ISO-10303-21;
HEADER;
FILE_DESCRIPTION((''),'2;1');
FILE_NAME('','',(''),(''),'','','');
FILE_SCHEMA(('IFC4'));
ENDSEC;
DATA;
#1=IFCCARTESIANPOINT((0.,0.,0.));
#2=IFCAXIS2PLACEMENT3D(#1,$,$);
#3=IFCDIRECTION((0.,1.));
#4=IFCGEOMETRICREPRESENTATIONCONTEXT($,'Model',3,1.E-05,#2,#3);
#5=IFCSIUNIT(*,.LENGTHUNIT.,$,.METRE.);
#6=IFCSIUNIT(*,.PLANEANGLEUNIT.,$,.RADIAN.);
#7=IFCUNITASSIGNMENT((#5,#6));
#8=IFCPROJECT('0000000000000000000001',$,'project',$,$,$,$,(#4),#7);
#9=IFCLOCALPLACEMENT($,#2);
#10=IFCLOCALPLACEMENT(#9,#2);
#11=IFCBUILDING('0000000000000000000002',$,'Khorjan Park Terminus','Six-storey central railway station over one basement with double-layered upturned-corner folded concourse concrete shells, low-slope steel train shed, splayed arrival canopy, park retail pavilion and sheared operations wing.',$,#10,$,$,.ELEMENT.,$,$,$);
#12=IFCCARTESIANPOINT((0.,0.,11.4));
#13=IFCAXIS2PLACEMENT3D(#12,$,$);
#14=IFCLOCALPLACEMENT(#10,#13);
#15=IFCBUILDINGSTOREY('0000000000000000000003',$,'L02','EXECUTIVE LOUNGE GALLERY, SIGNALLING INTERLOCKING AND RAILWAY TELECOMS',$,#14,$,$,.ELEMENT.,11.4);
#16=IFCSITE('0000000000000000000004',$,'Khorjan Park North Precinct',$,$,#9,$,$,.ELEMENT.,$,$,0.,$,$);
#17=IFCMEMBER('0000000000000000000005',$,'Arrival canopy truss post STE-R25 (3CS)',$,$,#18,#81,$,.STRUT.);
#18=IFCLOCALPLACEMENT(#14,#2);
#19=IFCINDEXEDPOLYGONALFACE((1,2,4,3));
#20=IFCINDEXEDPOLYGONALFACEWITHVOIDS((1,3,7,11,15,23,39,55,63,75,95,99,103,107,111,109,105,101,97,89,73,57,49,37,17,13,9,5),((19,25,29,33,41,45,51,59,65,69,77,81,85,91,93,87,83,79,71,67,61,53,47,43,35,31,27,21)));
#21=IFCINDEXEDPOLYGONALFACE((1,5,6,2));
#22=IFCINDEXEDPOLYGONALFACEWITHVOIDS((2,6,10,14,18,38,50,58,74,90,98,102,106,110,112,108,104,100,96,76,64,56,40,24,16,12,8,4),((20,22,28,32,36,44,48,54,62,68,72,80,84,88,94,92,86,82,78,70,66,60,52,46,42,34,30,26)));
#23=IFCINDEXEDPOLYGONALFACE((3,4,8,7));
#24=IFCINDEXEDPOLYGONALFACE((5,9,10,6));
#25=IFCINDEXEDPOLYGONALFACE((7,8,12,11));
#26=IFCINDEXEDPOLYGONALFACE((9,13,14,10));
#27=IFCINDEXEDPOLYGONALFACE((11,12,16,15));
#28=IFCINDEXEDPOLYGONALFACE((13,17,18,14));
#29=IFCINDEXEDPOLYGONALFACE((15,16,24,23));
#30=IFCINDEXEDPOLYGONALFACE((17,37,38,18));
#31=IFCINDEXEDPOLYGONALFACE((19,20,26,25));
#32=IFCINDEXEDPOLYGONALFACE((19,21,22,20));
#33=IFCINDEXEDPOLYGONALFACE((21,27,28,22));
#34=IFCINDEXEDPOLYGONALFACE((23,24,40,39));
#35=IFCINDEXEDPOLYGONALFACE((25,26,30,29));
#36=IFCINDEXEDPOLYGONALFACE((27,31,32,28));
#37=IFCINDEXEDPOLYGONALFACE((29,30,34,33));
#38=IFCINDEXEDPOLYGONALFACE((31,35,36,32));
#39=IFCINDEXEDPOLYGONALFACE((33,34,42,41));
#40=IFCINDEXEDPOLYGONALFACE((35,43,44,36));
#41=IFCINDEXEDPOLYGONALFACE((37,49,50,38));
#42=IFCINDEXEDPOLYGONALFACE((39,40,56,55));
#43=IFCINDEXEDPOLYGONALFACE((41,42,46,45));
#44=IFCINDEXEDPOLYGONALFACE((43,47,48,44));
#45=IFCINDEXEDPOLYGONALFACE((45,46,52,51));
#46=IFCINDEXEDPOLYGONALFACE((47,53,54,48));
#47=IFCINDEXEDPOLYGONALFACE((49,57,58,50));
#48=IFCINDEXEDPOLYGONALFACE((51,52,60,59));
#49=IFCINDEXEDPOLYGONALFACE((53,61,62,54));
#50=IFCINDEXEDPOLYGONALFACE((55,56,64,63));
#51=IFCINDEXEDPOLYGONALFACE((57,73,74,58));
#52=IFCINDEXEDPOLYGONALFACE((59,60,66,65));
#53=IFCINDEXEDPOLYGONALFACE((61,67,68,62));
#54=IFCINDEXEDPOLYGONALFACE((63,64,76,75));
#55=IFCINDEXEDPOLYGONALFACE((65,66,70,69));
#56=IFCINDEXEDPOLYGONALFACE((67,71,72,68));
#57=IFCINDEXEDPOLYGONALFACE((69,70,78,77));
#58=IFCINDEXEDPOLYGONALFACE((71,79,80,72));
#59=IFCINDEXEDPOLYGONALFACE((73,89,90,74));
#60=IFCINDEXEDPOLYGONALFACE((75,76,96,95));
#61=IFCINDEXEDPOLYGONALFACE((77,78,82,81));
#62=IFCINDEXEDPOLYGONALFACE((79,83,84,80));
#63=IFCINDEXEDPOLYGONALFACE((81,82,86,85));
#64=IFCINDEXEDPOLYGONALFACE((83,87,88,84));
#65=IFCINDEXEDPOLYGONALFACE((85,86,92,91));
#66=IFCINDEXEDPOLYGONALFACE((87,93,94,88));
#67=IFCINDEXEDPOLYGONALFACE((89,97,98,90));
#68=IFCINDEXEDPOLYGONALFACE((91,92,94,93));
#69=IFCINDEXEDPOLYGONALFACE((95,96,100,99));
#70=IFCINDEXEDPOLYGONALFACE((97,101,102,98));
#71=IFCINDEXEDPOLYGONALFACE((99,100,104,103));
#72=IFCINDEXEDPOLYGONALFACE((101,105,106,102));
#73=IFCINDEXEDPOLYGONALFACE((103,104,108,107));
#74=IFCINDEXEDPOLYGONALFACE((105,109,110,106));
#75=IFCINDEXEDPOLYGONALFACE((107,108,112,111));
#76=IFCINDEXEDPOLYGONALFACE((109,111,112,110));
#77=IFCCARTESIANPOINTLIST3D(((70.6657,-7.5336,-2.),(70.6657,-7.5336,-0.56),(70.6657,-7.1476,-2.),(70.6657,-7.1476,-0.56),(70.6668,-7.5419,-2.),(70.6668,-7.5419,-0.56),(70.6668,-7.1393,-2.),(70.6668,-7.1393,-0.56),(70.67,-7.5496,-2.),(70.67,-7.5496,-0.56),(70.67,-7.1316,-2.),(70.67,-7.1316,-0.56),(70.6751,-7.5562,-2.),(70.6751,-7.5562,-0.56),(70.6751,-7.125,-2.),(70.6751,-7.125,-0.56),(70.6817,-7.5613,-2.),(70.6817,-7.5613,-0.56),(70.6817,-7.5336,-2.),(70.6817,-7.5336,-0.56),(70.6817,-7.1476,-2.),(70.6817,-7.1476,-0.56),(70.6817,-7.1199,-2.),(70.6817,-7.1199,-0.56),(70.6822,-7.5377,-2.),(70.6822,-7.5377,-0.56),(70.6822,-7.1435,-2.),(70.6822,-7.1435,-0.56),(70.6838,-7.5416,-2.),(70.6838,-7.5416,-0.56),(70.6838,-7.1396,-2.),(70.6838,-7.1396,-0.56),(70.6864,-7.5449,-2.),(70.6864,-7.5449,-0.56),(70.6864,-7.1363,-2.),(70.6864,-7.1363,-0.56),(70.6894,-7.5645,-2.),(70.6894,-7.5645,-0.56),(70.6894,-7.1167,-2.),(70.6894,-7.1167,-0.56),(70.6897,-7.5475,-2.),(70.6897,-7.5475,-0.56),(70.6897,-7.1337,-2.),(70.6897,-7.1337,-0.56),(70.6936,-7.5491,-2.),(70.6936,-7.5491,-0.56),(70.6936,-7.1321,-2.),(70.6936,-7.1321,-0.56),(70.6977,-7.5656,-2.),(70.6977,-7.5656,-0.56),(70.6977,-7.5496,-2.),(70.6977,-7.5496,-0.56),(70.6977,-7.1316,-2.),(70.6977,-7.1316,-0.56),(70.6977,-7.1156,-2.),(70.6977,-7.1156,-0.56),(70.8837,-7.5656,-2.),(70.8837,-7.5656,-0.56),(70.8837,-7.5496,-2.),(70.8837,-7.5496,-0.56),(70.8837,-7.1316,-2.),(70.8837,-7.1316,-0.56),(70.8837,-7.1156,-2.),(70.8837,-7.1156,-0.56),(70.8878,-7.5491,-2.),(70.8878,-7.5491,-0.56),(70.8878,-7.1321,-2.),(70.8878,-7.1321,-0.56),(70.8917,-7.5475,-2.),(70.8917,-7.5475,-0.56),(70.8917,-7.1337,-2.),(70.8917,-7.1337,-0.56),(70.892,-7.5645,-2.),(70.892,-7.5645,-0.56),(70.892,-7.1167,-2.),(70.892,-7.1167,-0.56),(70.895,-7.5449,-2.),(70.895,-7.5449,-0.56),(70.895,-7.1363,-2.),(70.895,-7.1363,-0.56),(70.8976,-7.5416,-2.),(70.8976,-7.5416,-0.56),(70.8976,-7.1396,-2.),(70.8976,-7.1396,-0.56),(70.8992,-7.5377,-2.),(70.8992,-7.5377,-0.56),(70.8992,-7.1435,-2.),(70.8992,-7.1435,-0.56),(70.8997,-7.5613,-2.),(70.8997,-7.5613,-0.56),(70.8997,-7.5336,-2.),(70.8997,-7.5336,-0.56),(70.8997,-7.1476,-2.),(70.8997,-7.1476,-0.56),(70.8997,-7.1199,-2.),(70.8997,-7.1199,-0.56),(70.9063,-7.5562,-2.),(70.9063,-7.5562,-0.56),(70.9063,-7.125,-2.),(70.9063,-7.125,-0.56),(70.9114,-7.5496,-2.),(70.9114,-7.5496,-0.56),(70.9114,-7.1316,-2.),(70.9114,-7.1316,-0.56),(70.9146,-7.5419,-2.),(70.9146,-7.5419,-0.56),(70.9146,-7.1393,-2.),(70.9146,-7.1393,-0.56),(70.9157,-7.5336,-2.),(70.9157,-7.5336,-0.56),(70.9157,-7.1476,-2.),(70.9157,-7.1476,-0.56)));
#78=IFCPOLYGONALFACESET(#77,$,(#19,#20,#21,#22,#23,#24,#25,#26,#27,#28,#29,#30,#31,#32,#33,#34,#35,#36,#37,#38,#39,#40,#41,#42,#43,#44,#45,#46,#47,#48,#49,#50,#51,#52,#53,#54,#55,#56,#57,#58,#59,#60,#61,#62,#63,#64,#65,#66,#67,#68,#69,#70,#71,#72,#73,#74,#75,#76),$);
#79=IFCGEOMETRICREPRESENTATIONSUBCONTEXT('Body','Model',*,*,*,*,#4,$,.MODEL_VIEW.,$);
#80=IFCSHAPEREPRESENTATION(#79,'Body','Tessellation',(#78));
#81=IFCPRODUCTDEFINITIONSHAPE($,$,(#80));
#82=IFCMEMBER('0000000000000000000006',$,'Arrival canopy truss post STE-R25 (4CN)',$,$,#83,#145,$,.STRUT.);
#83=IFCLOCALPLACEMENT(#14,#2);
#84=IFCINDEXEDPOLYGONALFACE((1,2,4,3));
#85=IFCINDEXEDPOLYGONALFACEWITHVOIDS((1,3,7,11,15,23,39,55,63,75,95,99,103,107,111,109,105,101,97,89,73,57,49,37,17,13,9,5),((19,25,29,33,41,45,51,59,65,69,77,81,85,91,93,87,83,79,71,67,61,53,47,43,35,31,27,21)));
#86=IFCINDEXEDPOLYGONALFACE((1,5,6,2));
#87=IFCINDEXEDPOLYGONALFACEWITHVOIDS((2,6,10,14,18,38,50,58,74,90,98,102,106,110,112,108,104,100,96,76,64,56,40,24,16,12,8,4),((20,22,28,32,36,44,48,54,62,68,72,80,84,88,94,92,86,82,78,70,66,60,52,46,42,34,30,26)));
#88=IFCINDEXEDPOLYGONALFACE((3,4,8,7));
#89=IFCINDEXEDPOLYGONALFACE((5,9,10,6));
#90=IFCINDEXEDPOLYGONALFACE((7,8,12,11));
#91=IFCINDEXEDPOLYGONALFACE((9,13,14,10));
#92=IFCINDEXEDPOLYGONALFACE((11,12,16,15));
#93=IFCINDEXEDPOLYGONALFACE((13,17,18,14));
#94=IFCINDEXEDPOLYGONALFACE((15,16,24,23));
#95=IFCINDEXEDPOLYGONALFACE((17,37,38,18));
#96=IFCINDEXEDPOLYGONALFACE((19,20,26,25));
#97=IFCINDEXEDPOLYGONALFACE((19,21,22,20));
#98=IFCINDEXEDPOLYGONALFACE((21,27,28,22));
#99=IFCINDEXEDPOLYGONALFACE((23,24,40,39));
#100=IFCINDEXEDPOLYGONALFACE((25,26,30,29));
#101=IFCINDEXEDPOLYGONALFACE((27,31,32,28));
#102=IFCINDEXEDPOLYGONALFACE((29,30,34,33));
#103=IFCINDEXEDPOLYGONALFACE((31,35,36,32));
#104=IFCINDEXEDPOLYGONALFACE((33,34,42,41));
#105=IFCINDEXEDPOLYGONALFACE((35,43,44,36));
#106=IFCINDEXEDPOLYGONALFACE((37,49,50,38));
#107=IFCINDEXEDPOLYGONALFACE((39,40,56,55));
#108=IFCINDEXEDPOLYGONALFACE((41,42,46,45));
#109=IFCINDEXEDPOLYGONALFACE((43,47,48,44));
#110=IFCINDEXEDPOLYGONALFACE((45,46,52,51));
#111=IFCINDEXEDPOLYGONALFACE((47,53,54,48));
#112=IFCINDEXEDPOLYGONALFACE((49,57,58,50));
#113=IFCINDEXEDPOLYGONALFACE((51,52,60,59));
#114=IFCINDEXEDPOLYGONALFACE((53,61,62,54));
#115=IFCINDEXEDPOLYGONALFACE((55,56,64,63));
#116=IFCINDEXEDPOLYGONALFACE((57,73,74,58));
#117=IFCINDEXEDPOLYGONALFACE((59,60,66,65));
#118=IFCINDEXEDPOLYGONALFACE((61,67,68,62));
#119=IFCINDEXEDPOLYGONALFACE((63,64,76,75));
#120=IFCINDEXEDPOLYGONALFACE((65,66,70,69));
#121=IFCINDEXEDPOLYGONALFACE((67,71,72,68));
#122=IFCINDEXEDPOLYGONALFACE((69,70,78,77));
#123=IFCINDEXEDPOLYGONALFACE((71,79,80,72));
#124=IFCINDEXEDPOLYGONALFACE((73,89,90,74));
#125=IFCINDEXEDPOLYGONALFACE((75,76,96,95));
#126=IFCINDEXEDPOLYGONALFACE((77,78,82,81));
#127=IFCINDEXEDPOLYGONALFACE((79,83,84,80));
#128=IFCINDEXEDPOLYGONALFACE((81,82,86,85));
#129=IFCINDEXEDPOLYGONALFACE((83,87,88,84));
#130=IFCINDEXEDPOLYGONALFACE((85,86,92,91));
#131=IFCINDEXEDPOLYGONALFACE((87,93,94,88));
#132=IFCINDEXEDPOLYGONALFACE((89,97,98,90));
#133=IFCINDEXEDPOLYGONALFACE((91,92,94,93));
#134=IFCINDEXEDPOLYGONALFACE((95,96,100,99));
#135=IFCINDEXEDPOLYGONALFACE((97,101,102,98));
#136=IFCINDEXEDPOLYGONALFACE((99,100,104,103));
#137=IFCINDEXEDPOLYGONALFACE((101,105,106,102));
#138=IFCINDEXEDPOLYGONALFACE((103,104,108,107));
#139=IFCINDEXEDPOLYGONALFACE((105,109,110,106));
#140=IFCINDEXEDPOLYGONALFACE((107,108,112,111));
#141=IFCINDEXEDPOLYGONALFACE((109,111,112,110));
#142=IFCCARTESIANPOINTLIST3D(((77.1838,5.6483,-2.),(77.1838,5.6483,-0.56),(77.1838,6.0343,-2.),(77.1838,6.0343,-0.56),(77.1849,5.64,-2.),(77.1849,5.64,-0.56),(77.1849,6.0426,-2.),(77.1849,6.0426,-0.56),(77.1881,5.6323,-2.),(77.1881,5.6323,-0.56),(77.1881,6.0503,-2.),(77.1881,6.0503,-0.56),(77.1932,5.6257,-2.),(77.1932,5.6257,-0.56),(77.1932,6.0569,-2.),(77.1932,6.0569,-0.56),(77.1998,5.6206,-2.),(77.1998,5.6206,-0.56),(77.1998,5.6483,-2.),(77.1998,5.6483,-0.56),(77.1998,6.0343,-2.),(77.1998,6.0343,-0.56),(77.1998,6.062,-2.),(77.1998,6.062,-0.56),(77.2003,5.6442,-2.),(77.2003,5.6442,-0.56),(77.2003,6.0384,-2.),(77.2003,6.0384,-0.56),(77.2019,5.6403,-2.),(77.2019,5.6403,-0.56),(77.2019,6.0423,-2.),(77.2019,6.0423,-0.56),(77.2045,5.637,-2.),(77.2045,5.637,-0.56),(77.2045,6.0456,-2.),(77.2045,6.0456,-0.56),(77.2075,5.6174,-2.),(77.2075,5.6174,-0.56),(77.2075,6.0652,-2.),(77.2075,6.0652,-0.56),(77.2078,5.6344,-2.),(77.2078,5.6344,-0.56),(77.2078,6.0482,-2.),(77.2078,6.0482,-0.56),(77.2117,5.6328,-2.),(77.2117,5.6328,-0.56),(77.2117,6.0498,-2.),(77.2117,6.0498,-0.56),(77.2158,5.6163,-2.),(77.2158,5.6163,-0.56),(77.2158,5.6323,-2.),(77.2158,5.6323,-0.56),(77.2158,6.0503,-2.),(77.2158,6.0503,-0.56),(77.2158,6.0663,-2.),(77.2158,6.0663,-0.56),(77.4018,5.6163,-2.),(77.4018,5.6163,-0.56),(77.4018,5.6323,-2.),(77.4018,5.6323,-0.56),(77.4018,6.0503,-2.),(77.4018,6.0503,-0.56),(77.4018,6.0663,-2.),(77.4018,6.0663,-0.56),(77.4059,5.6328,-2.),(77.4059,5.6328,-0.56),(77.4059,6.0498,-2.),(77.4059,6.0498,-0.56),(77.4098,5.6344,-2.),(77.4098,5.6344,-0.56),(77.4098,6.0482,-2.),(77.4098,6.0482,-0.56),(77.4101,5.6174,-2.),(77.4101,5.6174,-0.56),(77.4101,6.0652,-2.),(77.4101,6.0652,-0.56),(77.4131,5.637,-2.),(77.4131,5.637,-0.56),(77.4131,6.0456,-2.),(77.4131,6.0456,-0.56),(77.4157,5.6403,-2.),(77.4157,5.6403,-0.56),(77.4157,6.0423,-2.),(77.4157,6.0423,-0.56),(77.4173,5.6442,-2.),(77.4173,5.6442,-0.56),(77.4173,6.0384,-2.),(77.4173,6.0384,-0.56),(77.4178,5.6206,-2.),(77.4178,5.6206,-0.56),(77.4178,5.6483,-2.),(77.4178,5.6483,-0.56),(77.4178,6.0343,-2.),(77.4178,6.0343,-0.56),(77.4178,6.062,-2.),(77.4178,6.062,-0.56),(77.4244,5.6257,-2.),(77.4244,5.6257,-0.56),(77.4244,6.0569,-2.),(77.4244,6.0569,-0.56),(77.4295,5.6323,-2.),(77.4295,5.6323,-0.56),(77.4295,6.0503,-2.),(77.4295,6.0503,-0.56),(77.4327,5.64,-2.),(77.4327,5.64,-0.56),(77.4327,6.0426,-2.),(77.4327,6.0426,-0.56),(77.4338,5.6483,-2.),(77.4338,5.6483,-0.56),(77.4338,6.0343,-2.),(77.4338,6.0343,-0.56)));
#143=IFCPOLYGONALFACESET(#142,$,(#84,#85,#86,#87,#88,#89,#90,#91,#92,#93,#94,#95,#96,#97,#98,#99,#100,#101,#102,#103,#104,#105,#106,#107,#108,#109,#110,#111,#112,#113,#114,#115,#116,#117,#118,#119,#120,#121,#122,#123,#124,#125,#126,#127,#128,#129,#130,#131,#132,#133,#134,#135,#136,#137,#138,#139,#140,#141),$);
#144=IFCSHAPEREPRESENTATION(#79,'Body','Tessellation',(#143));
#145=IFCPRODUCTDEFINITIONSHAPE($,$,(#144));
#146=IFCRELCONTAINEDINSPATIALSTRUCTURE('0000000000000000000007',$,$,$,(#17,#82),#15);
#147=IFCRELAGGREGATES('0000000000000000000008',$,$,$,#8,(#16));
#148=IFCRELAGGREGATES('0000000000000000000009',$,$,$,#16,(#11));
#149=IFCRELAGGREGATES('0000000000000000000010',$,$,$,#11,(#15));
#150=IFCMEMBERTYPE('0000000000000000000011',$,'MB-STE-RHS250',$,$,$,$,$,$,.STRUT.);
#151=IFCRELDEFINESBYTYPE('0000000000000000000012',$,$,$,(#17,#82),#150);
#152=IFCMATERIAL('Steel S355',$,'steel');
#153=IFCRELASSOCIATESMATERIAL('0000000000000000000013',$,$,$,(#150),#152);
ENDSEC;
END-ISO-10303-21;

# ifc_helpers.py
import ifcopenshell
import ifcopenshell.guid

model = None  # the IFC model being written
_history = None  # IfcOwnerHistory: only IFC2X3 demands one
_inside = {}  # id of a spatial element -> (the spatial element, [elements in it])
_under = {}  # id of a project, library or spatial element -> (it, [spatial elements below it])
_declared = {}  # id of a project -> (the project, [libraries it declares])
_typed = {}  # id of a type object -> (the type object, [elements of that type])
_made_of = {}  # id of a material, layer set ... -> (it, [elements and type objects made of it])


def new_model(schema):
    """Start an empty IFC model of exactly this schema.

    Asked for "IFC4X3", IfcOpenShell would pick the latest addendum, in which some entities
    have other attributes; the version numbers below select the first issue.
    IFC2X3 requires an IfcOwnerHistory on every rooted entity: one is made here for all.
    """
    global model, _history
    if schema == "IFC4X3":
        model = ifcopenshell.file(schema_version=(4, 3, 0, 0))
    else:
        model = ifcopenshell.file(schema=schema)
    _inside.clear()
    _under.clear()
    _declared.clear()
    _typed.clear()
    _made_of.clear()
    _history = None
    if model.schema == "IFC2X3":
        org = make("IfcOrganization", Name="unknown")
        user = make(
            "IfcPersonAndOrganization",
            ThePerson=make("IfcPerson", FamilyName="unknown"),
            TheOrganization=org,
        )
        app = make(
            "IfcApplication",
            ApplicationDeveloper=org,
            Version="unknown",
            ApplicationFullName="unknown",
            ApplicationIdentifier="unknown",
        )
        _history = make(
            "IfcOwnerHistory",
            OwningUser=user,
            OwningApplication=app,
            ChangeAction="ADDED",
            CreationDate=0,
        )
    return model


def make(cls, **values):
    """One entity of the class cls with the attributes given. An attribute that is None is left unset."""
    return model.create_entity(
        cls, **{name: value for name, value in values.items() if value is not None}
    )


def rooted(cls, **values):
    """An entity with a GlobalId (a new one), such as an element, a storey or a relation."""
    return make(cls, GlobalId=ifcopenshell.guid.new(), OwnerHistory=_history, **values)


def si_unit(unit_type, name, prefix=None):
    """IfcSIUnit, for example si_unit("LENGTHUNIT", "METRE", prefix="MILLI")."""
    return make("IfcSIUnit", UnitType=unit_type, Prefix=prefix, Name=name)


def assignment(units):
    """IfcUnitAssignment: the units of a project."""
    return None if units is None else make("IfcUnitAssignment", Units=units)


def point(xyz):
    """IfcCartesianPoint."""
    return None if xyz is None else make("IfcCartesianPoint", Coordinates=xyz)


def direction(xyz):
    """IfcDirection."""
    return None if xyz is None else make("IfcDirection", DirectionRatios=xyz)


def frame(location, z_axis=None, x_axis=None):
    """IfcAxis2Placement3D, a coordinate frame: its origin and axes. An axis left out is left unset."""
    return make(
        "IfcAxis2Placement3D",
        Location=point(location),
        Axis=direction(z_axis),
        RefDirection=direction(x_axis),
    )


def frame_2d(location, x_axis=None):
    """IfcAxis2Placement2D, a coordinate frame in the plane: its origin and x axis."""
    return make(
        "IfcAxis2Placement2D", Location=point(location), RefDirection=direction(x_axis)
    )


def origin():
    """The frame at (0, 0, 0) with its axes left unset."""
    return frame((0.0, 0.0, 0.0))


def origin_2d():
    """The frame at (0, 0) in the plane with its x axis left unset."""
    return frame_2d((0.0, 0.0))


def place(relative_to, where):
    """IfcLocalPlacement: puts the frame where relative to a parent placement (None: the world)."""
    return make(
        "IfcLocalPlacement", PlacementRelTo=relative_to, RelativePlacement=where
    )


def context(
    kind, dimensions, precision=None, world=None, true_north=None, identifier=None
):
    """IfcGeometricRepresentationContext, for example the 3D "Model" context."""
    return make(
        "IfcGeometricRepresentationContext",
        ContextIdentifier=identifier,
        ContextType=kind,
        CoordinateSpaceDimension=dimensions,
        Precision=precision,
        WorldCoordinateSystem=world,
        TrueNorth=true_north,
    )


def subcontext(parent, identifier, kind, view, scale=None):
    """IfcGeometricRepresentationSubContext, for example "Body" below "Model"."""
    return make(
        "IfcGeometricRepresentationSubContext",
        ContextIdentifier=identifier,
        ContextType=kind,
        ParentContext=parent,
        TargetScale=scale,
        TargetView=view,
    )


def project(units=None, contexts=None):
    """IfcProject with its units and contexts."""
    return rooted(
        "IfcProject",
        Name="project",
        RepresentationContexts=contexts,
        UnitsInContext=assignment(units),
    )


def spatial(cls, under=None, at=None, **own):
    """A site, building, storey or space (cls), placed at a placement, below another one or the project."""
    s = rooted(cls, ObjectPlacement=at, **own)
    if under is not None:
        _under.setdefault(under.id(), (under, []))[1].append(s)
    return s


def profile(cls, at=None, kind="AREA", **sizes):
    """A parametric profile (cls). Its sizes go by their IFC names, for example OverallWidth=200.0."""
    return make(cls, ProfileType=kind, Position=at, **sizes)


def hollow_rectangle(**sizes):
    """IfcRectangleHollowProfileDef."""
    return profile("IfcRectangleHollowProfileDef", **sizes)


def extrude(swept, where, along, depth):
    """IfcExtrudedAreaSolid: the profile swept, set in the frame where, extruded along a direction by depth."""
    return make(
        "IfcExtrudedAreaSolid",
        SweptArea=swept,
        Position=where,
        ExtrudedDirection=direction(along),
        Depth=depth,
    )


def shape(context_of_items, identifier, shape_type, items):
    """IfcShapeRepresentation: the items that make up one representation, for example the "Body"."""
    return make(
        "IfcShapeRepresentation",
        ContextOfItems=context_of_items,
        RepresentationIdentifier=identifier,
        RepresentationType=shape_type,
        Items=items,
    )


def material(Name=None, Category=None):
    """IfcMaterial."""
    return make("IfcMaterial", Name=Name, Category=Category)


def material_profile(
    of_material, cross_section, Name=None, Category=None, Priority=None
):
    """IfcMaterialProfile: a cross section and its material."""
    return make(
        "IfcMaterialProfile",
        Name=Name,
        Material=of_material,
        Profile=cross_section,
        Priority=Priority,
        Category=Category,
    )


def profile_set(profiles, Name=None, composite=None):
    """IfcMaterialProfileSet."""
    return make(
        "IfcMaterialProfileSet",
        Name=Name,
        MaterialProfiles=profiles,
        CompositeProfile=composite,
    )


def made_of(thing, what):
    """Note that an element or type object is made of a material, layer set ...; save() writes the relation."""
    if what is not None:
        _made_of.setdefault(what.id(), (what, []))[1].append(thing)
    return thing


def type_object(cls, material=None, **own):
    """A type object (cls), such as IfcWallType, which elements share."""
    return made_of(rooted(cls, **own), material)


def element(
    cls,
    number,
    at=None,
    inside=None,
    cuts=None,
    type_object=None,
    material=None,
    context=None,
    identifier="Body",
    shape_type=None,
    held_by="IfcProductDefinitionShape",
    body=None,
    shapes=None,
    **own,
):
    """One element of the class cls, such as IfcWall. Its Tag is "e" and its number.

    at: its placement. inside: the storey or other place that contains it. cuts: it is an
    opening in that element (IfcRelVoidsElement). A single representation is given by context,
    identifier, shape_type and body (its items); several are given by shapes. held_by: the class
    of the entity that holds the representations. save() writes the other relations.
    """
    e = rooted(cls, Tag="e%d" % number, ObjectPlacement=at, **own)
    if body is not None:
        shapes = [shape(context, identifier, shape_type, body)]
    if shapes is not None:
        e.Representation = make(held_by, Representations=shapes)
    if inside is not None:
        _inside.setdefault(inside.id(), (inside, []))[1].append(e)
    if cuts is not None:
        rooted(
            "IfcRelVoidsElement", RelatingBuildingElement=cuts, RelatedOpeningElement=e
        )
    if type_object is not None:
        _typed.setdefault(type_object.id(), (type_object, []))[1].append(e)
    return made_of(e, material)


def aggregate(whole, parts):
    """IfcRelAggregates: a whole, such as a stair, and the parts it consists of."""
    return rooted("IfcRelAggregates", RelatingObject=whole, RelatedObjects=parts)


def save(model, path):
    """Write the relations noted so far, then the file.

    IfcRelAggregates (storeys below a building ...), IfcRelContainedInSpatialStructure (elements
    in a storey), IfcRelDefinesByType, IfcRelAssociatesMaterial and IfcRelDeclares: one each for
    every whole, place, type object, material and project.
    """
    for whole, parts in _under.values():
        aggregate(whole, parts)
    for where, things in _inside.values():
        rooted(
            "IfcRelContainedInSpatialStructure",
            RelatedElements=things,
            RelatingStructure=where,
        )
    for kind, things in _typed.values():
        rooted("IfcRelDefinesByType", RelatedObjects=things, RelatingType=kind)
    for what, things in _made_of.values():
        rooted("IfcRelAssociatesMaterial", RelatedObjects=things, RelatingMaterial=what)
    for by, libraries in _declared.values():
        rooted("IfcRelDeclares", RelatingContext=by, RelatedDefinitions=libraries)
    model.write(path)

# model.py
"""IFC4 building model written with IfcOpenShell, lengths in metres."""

from ifc_helpers import new_model, si_unit, direction, frame, origin, origin_2d, place, context, subcontext, project, spatial, hollow_rectangle, extrude, material, material_profile, profile_set, type_object, element, save


model = new_model("IFC4")

# Units and contexts
model_context = context("Model", 3, precision=1e-05, world=origin(), true_north=direction((0.0, 1.0)))
body_context = subcontext(model_context, "Body", "Model", "MODEL_VIEW")
ifc_project = project(units=[si_unit("LENGTHUNIT", "METRE"), si_unit("PLANEANGLEUNIT", "RADIAN")], contexts=[model_context])

# Site, building, storey
site_placement = place(None, origin())
site = spatial("IfcSite", under=ifc_project, at=site_placement, Name="Khorjan Park North Precinct", CompositionType="ELEMENT", RefElevation=0.0)
building_placement = place(site_placement, origin())
building = spatial("IfcBuilding", under=site, at=building_placement, Name="Khorjan Park Terminus", Description="Six-storey central railway station over one basement with double-layered upturned-corner folded concourse concrete shells, low-slope steel train shed, splayed arrival canopy, park retail pavilion and sheared operations wing.", CompositionType="ELEMENT")
storey_placement = place(building_placement, frame((0.0, 0.0, 11.4)))
storey = spatial("IfcBuildingStorey", under=building, at=storey_placement, Name="L02", Description="EXECUTIVE LOUNGE GALLERY, SIGNALLING INTERLOCKING AND RAILWAY TELECOMS", CompositionType="ELEMENT", Elevation=11.4)

# Members
ifc_material = material(Name="Steel S355", Category="steel")
ifc_material_profile_1 = material_profile(ifc_material, hollow_rectangle(XDim=0.25, YDim=0.45, WallThickness=0.016, InnerFilletRadius=0.016, OuterFilletRadius=0.032, at=origin_2d()), Name="RHS 450x250x16")
ifc_profile_set_1 = profile_set([ifc_material_profile_1], Name="Steel S355")
member_type_1 = type_object("IfcMemberType", Name="MB-STE-RHS250", PredefinedType="STRUT", material=ifc_profile_set_1)
for number, where, z_axis, x_axis, name in (
    (1, (70.7907, -7.3406, -2.0), (0.0, 0.0, 1.0), (1.0, 0.0, 0.0), "Arrival canopy truss post STE-R25 (3CS)"),
    (2, (77.3088, 5.8413, -2.0), (0.0, 0.0, 1.0), (1.0, 0.0, 0.0), "Arrival canopy truss post STE-R25 (4CN)"),
):
    element("IfcMember", number, at=place(storey_placement, frame(where, z_axis=z_axis, x_axis=x_axis)), inside=storey, type_object=member_type_1, Name=name, PredefinedType="STRUT", context=body_context, shape_type="SweptSolid", body=[
        extrude(hollow_rectangle(XDim=0.25, YDim=0.45, WallThickness=0.016, InnerFilletRadius=0.016, OuterFilletRadius=0.032, at=origin_2d()), origin(), (0.0, 0.0, 1.0), 1.44),
    ])

save(model, "model.ifc")
